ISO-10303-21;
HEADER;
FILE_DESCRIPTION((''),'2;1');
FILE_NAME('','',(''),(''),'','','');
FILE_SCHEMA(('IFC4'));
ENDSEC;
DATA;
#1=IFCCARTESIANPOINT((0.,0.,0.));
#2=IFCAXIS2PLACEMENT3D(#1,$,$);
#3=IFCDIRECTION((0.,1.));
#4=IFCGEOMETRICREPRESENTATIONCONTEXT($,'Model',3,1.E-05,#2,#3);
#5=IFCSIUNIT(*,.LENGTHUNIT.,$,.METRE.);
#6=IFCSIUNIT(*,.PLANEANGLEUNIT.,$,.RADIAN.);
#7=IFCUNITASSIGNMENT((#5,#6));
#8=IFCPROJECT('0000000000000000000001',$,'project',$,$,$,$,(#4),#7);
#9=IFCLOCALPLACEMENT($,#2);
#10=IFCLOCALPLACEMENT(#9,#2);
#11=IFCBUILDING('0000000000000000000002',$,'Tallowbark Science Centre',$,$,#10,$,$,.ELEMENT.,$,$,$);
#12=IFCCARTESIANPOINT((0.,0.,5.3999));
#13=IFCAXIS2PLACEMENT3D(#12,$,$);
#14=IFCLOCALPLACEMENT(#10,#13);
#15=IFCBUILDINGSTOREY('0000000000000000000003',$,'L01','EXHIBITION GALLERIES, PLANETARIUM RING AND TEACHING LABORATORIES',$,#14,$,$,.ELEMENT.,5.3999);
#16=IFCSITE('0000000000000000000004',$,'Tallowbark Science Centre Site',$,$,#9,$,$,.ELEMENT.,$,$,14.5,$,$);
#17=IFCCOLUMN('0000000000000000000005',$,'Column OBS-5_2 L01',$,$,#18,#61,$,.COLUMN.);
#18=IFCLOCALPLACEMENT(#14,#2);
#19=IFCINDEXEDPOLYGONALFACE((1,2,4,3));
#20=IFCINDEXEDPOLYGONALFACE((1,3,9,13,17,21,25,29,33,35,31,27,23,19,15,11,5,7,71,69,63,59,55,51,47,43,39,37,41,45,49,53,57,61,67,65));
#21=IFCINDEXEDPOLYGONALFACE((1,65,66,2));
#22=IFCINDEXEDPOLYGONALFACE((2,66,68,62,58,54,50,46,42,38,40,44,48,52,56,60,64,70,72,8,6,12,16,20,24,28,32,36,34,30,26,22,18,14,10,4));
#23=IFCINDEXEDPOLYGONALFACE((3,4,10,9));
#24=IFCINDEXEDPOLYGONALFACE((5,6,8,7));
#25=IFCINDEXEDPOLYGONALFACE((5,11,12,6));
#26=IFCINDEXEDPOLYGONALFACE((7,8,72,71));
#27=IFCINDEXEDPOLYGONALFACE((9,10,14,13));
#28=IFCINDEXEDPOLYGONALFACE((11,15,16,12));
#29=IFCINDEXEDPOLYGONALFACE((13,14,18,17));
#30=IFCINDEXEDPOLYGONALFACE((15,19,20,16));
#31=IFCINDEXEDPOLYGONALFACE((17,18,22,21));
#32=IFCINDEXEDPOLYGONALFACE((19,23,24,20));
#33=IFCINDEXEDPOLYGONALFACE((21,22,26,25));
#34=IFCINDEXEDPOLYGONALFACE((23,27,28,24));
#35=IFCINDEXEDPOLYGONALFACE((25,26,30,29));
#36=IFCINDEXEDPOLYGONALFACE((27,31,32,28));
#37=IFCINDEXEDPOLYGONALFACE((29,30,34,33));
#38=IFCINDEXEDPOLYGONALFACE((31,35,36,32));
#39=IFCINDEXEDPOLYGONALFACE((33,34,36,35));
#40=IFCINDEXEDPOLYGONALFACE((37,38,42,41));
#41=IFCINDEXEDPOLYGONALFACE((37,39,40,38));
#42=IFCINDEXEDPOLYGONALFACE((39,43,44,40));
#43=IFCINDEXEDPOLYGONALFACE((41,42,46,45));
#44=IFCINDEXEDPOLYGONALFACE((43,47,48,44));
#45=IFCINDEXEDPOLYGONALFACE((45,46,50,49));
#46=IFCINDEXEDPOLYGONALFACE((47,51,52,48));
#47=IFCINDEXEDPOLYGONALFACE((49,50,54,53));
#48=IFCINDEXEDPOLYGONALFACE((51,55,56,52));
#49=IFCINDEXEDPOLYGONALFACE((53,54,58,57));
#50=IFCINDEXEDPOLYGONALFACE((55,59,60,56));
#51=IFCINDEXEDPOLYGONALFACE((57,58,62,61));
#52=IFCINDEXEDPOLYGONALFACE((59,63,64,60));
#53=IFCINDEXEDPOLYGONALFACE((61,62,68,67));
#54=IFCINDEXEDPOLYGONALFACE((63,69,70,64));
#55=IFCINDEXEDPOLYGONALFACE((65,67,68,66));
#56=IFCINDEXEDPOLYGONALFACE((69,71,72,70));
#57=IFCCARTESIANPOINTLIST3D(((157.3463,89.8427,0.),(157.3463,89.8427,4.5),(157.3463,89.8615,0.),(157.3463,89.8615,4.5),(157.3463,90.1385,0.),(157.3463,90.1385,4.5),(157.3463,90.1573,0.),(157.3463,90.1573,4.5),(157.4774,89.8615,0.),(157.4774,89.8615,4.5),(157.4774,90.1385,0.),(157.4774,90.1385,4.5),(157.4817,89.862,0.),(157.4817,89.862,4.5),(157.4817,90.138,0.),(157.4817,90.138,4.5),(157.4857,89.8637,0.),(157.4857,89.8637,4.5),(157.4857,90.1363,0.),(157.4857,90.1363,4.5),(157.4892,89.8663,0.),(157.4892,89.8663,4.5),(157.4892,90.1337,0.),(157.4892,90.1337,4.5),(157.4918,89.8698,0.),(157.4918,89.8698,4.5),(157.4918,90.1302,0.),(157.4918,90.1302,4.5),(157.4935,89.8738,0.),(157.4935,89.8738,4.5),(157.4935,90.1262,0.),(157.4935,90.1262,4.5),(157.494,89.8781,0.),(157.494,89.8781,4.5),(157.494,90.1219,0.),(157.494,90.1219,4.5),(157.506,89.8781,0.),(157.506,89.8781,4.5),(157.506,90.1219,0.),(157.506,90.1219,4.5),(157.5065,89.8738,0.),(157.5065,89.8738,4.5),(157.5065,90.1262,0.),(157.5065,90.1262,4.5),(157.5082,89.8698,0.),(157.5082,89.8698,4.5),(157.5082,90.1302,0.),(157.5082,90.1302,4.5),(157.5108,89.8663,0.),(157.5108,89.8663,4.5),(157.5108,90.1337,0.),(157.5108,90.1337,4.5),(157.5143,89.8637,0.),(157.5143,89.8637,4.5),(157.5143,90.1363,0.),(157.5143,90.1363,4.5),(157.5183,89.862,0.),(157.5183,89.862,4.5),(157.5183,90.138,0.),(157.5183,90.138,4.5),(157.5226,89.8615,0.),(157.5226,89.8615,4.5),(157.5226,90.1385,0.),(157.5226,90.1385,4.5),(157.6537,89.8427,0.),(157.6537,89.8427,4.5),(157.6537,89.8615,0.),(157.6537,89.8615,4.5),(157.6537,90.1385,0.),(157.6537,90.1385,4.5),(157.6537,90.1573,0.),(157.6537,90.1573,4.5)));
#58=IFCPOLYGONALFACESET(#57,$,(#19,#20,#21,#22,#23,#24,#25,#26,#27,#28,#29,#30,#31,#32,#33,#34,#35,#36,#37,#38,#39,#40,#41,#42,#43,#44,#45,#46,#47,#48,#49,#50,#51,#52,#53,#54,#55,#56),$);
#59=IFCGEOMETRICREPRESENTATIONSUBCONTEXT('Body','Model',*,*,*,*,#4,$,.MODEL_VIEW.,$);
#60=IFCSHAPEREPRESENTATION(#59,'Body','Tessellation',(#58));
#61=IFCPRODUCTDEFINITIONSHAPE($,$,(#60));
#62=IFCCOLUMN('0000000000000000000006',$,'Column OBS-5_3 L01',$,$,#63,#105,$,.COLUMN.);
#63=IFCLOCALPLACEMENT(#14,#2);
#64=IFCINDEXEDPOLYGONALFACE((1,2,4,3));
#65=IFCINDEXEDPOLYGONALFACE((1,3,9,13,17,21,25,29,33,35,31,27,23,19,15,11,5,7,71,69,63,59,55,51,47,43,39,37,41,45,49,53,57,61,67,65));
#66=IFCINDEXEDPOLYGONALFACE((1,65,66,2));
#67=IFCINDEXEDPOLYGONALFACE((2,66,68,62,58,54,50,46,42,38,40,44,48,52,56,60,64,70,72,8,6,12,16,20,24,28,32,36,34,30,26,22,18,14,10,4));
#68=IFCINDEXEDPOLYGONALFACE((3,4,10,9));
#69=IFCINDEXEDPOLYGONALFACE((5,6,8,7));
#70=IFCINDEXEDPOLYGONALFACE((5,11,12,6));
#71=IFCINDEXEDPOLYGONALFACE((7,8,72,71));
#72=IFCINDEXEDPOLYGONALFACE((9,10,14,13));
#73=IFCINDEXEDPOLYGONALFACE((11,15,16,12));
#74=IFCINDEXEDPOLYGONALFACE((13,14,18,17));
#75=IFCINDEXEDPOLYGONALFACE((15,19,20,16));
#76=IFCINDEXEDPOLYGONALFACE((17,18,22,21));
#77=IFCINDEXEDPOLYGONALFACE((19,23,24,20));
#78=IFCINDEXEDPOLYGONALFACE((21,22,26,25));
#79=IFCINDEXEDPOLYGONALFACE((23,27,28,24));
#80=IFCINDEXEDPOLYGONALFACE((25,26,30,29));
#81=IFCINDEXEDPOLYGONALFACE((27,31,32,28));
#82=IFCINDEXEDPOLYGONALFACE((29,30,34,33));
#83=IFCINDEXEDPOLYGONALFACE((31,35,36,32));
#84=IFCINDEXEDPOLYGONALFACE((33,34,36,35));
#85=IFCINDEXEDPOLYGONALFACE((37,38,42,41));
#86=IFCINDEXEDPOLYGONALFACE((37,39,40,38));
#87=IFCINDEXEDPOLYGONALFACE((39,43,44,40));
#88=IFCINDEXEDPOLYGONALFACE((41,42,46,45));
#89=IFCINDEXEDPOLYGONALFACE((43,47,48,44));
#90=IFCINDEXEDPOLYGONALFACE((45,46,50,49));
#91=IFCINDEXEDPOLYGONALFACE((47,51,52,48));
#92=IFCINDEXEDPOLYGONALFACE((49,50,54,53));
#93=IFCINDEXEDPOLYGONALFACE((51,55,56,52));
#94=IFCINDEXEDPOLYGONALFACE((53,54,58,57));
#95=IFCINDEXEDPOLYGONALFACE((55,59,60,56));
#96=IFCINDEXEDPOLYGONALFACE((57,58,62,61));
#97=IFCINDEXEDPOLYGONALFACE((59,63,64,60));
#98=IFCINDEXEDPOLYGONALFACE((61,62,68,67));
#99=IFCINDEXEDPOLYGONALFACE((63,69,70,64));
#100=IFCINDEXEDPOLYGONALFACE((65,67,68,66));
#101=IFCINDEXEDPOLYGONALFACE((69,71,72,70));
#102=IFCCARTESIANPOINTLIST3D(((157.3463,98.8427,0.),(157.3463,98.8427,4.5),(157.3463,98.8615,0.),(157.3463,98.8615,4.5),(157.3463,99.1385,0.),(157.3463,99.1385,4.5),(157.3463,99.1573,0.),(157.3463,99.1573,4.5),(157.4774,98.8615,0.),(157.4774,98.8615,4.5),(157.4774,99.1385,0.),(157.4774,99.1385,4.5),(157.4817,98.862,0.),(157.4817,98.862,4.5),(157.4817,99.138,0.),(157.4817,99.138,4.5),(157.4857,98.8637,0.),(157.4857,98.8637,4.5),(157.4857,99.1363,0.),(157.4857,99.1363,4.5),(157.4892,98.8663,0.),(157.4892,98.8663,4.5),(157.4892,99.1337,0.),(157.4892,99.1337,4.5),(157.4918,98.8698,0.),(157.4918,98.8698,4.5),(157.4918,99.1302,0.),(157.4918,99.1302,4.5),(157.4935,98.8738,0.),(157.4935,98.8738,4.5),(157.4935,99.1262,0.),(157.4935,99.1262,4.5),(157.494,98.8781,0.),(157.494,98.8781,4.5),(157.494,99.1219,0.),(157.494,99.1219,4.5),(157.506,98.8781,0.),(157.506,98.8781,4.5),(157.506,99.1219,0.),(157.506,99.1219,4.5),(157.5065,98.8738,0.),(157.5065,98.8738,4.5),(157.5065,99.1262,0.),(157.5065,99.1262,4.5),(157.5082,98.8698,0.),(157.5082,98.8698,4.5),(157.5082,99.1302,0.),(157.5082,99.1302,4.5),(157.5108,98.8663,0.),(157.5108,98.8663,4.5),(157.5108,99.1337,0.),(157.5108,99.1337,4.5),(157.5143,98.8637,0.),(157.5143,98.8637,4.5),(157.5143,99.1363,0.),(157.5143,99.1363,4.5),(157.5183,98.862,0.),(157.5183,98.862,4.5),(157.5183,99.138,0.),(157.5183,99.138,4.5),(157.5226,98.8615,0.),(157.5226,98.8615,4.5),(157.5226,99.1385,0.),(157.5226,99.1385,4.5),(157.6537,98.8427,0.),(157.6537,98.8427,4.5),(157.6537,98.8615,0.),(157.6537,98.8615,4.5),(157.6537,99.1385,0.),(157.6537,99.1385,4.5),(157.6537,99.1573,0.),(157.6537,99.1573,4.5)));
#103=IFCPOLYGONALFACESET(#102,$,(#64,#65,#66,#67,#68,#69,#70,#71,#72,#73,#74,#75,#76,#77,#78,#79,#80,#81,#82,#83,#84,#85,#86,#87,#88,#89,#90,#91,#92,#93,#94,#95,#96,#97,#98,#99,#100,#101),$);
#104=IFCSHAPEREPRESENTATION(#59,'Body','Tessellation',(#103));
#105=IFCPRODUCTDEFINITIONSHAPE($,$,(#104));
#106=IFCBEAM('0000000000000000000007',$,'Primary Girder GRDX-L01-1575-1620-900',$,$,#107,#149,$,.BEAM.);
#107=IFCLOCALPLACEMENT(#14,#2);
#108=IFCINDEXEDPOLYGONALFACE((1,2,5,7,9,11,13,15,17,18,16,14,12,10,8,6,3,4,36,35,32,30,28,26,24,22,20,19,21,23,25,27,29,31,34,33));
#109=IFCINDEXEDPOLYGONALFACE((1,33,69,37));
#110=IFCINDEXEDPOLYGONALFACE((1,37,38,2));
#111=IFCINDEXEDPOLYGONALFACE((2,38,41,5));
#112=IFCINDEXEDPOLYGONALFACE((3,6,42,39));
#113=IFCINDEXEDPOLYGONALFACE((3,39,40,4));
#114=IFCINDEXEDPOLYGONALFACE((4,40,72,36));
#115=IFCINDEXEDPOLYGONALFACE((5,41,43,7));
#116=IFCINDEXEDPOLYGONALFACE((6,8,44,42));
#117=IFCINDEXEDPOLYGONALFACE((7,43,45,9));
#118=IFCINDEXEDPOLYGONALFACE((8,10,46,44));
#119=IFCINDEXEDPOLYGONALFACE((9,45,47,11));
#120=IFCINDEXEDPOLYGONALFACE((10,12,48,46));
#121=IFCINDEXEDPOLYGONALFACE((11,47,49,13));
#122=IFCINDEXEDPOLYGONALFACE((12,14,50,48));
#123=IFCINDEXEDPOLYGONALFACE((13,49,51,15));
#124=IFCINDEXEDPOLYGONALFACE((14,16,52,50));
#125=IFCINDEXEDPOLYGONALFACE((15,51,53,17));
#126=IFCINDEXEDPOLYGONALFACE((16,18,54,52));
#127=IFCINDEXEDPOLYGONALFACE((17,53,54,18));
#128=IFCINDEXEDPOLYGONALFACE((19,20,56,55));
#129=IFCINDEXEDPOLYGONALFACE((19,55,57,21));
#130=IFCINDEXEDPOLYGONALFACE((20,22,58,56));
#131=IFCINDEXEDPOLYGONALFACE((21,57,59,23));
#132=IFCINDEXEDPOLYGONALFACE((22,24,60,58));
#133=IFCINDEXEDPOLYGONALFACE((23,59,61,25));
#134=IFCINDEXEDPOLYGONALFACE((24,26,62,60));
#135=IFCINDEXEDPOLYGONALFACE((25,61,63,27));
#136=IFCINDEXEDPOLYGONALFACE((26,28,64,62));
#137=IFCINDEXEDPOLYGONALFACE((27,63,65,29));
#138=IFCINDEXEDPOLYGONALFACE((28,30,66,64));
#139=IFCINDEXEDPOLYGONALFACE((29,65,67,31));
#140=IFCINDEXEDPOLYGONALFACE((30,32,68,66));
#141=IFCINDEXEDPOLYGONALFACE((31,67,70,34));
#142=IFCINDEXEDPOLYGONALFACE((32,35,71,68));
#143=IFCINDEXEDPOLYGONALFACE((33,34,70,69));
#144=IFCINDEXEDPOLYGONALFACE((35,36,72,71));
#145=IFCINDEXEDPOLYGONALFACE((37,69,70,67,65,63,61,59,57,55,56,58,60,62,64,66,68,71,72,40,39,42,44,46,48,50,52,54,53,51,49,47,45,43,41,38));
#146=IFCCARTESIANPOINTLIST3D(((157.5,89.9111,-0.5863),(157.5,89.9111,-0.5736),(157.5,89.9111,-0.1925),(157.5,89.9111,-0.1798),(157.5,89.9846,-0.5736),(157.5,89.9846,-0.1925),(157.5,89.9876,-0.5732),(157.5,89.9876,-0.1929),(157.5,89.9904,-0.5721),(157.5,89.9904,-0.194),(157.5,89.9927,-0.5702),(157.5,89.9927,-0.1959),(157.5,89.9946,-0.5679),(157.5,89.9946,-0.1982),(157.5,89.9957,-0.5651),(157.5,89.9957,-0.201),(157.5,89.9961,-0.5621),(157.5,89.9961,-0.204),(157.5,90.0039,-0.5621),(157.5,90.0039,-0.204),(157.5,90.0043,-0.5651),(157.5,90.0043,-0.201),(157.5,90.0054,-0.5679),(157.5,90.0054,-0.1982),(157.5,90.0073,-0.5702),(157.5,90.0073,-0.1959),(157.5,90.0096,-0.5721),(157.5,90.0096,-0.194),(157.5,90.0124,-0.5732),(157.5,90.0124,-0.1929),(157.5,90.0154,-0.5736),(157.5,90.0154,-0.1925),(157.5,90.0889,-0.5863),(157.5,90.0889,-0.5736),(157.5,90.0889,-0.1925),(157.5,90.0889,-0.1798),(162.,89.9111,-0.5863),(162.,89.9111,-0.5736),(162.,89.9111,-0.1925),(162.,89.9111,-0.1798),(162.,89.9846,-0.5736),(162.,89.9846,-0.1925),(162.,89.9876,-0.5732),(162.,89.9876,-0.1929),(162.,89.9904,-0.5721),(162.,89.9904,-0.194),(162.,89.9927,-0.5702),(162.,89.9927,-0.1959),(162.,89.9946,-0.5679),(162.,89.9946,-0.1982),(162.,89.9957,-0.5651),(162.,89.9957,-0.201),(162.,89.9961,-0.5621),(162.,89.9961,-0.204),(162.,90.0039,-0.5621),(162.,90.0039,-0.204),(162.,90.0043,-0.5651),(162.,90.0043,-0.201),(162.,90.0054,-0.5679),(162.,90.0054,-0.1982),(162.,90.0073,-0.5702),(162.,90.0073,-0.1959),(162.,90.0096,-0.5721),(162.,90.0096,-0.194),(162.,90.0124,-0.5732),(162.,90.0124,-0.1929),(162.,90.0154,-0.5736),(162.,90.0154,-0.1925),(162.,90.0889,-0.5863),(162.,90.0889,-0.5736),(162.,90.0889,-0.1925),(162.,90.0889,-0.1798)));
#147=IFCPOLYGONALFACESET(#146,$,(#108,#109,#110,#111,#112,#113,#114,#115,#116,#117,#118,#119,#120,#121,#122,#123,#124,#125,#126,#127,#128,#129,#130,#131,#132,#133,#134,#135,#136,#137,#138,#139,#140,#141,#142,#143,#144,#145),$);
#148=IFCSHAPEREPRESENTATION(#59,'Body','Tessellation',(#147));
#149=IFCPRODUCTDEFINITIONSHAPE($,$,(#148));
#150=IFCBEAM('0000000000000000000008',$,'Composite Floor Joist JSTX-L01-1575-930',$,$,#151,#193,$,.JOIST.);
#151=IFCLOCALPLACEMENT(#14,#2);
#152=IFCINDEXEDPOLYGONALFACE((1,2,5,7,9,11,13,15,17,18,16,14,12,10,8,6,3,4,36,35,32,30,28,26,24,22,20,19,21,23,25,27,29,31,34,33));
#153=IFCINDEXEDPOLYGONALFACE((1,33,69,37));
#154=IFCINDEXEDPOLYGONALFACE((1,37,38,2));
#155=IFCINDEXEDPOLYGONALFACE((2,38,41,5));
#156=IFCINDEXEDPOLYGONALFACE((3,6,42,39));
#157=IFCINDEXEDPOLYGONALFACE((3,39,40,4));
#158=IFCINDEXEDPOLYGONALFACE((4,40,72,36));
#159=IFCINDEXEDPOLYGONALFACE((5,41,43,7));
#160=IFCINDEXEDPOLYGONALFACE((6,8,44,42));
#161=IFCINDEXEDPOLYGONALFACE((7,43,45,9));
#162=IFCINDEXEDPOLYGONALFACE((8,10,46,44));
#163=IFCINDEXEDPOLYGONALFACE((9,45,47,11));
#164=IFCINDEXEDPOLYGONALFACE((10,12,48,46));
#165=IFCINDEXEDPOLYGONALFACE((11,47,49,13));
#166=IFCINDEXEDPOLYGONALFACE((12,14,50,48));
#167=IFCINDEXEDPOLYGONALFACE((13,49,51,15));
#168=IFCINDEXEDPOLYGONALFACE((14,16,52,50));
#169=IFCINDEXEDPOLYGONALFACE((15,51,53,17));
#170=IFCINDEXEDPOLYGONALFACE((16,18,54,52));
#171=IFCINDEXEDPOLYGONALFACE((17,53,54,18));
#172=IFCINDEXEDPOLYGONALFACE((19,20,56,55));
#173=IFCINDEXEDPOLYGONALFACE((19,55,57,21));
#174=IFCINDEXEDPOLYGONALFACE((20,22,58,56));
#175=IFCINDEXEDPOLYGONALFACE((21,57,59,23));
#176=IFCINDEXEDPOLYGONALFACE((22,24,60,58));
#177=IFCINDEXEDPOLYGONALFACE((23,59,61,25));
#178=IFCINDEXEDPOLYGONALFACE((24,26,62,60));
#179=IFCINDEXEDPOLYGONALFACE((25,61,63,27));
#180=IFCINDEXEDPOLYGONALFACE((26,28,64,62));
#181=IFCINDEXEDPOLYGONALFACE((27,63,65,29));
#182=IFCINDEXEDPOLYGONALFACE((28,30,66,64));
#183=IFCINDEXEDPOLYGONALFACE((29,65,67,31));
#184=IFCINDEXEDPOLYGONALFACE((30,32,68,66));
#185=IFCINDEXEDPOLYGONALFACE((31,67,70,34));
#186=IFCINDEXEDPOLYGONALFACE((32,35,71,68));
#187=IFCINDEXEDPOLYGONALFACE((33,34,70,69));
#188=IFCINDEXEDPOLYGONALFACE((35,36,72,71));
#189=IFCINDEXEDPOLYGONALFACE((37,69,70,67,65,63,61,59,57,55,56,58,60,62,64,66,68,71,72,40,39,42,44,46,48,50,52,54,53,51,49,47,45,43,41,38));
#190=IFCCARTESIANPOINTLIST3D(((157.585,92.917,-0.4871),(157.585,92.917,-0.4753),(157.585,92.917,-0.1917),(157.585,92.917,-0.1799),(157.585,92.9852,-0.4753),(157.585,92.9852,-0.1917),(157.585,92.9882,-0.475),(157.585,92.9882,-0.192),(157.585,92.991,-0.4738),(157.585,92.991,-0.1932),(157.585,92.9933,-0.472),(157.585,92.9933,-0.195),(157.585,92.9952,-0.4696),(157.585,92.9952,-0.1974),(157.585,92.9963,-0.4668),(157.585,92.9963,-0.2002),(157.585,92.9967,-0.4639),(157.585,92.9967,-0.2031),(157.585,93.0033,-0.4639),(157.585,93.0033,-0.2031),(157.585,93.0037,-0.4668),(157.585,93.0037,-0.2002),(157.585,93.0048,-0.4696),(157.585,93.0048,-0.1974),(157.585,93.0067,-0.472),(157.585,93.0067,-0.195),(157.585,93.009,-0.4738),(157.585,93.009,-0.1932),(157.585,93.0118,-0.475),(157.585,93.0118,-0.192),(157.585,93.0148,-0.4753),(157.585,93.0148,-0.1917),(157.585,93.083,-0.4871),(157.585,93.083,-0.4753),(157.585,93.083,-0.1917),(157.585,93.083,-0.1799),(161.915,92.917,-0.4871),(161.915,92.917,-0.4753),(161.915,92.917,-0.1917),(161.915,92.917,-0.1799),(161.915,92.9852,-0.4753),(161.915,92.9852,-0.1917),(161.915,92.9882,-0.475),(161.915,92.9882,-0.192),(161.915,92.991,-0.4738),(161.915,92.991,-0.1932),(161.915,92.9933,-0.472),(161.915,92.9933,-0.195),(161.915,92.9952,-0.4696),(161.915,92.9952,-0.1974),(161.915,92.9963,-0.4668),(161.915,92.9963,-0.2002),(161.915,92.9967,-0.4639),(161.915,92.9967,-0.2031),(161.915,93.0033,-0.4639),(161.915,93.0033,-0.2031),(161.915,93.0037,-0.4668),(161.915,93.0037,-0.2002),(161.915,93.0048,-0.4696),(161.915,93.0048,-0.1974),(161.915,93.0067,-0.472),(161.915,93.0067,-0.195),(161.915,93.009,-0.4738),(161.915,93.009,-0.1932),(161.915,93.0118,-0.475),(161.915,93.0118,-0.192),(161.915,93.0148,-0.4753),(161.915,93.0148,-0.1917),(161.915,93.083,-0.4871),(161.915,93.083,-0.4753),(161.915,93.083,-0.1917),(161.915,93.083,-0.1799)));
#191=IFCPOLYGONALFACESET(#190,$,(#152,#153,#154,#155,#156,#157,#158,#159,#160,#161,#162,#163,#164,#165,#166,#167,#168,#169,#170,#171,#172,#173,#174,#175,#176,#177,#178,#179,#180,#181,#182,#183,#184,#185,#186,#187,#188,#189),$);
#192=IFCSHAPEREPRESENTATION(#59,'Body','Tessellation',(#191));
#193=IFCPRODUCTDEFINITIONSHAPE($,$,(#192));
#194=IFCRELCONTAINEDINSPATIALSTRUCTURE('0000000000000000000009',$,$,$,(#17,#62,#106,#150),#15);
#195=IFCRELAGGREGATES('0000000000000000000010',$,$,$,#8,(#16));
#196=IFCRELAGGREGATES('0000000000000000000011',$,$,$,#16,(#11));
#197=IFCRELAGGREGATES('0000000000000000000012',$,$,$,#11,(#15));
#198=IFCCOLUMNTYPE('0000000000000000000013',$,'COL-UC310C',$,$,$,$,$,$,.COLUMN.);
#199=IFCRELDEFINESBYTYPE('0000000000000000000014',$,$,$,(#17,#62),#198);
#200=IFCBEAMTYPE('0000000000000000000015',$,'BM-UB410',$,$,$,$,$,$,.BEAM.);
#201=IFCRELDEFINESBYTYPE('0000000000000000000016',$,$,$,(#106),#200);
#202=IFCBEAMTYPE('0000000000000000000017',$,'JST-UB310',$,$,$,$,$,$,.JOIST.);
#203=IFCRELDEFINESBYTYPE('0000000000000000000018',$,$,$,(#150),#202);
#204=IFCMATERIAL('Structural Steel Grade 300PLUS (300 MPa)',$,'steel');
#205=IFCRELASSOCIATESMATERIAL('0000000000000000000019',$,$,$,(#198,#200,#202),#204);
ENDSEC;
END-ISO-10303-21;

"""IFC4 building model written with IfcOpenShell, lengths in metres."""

from ifc_helpers import new_model, si_unit, direction, frame, origin, origin_2d, place, context, subcontext, project, spatial, i_section, extrude, material, material_profile, profile_set, type_object, element, save


model = new_model("IFC4")

# Units and contexts
model_context = context("Model", 3, precision=1e-05, world=origin(), true_north=direction((0.0, 1.0)))
body_context = subcontext(model_context, "Body", "Model", "MODEL_VIEW")
ifc_project = project(units=[si_unit("LENGTHUNIT", "METRE"), si_unit("PLANEANGLEUNIT", "RADIAN")], contexts=[model_context])

# Site, building, storey
site_placement = place(None, origin())
site = spatial("IfcSite", under=ifc_project, at=site_placement, Name="Tallowbark Science Centre Site", CompositionType="ELEMENT", RefElevation=14.5)
building_placement = place(site_placement, origin())
building = spatial("IfcBuilding", under=site, at=building_placement, Name="Tallowbark Science Centre", CompositionType="ELEMENT")
storey_placement = place(building_placement, frame((0.0, 0.0, 5.3999)))
storey = spatial("IfcBuildingStorey", under=building, at=storey_placement, Name="L01", Description="EXHIBITION GALLERIES, PLANETARIUM RING AND TEACHING LABORATORIES", CompositionType="ELEMENT", Elevation=5.3999)

# Columns
ifc_material_1 = material(Name="Structural Steel Grade 300PLUS (300 MPa)", Category="steel")
ifc_material_profile_1 = material_profile(ifc_material_1, i_section(OverallWidth=0.3074, OverallDepth=0.3147, WebThickness=0.012, FlangeThickness=0.0188, FilletRadius=0.0166, at=origin_2d()), Name="310UC118")
ifc_profile_set_1 = profile_set([ifc_material_profile_1], Name="Structural Steel Grade 300PLUS (300 MPa)")
column_type = type_object("IfcColumnType", Name="COL-UC310C", PredefinedType="COLUMN", material=ifc_profile_set_1)
for number, where, z_axis, x_axis, name in (
    (1, (157.5, 90.0, 0.0), (0.0, 0.0, 1.0), (1.0, 0.0, 0.0), "Column OBS-5_2 L01"),
    (2, (157.5, 99.0, 0.0), (0.0, 0.0, 1.0), (1.0, 0.0, 0.0), "Column OBS-5_3 L01"),
):
    element("IfcColumn", number, at=place(storey_placement, frame(where, z_axis=z_axis, x_axis=x_axis)), inside=storey, type_object=column_type, Name=name, PredefinedType="COLUMN", context=body_context, shape_type="SweptSolid", body=[
        extrude(i_section(OverallWidth=0.3074, OverallDepth=0.3147, WebThickness=0.012, FlangeThickness=0.0188, FilletRadius=0.0166, at=origin_2d()), origin(), (0.0, 0.0, 1.0), 4.5),
    ])

# Beams
ifc_material_profile_2 = material_profile(ifc_material_1, i_section(OverallWidth=0.1777, OverallDepth=0.4065, WebThickness=0.0078, FlangeThickness=0.0127, FilletRadius=0.0115, at=origin_2d()), Name="410UB59.7")
ifc_profile_set_2 = profile_set([ifc_material_profile_2], Name="Structural Steel Grade 300PLUS (300 MPa)")
beam_type_1 = type_object("IfcBeamType", Name="BM-UB410", PredefinedType="BEAM", material=ifc_profile_set_2)
beam_1_placement = place(storey_placement, frame((157.5, 90.0, -0.3831), z_axis=(1.0, 0.0, 0.0), x_axis=(0.0, 1.0, 0.0)))
element("IfcBeam", 3, at=beam_1_placement, inside=storey, type_object=beam_type_1, Name="Primary Girder GRDX-L01-1575-1620-900", PredefinedType="BEAM", context=body_context, shape_type="SweptSolid", body=[
    extrude(i_section(OverallWidth=0.1777, OverallDepth=0.4065, WebThickness=0.0078, FlangeThickness=0.0127, FilletRadius=0.0115, at=origin_2d()), origin(), (0.0, 0.0, 1.0), 4.5),
])
ifc_material_profile_3 = material_profile(ifc_material_1, i_section(OverallWidth=0.166, OverallDepth=0.3071, WebThickness=0.0066, FlangeThickness=0.0117, FilletRadius=0.0115, at=origin_2d()), Name="310UB46.2")
ifc_profile_set_3 = profile_set([ifc_material_profile_3], Name="Structural Steel Grade 300PLUS (300 MPa)")
beam_type_2 = type_object("IfcBeamType", Name="JST-UB310", PredefinedType="JOIST", material=ifc_profile_set_3)
for number, where, z_axis, x_axis, name in (
    (4, (157.585, 93.0, -0.3335), (1.0, 0.0, 0.0), (0.0, 1.0, 0.0), "Composite Floor Joist JSTX-L01-1575-930"),
):
    element("IfcBeam", number, at=place(storey_placement, frame(where, z_axis=z_axis, x_axis=x_axis)), inside=storey, type_object=beam_type_2, Name=name, PredefinedType="JOIST", context=body_context, shape_type="SweptSolid", body=[
        extrude(i_section(OverallWidth=0.166, OverallDepth=0.3071, WebThickness=0.0066, FlangeThickness=0.0117, FilletRadius=0.0115, at=origin_2d()), origin(), (0.0, 0.0, 1.0), 4.3301),
    ])

save(model, "model.ifc")
